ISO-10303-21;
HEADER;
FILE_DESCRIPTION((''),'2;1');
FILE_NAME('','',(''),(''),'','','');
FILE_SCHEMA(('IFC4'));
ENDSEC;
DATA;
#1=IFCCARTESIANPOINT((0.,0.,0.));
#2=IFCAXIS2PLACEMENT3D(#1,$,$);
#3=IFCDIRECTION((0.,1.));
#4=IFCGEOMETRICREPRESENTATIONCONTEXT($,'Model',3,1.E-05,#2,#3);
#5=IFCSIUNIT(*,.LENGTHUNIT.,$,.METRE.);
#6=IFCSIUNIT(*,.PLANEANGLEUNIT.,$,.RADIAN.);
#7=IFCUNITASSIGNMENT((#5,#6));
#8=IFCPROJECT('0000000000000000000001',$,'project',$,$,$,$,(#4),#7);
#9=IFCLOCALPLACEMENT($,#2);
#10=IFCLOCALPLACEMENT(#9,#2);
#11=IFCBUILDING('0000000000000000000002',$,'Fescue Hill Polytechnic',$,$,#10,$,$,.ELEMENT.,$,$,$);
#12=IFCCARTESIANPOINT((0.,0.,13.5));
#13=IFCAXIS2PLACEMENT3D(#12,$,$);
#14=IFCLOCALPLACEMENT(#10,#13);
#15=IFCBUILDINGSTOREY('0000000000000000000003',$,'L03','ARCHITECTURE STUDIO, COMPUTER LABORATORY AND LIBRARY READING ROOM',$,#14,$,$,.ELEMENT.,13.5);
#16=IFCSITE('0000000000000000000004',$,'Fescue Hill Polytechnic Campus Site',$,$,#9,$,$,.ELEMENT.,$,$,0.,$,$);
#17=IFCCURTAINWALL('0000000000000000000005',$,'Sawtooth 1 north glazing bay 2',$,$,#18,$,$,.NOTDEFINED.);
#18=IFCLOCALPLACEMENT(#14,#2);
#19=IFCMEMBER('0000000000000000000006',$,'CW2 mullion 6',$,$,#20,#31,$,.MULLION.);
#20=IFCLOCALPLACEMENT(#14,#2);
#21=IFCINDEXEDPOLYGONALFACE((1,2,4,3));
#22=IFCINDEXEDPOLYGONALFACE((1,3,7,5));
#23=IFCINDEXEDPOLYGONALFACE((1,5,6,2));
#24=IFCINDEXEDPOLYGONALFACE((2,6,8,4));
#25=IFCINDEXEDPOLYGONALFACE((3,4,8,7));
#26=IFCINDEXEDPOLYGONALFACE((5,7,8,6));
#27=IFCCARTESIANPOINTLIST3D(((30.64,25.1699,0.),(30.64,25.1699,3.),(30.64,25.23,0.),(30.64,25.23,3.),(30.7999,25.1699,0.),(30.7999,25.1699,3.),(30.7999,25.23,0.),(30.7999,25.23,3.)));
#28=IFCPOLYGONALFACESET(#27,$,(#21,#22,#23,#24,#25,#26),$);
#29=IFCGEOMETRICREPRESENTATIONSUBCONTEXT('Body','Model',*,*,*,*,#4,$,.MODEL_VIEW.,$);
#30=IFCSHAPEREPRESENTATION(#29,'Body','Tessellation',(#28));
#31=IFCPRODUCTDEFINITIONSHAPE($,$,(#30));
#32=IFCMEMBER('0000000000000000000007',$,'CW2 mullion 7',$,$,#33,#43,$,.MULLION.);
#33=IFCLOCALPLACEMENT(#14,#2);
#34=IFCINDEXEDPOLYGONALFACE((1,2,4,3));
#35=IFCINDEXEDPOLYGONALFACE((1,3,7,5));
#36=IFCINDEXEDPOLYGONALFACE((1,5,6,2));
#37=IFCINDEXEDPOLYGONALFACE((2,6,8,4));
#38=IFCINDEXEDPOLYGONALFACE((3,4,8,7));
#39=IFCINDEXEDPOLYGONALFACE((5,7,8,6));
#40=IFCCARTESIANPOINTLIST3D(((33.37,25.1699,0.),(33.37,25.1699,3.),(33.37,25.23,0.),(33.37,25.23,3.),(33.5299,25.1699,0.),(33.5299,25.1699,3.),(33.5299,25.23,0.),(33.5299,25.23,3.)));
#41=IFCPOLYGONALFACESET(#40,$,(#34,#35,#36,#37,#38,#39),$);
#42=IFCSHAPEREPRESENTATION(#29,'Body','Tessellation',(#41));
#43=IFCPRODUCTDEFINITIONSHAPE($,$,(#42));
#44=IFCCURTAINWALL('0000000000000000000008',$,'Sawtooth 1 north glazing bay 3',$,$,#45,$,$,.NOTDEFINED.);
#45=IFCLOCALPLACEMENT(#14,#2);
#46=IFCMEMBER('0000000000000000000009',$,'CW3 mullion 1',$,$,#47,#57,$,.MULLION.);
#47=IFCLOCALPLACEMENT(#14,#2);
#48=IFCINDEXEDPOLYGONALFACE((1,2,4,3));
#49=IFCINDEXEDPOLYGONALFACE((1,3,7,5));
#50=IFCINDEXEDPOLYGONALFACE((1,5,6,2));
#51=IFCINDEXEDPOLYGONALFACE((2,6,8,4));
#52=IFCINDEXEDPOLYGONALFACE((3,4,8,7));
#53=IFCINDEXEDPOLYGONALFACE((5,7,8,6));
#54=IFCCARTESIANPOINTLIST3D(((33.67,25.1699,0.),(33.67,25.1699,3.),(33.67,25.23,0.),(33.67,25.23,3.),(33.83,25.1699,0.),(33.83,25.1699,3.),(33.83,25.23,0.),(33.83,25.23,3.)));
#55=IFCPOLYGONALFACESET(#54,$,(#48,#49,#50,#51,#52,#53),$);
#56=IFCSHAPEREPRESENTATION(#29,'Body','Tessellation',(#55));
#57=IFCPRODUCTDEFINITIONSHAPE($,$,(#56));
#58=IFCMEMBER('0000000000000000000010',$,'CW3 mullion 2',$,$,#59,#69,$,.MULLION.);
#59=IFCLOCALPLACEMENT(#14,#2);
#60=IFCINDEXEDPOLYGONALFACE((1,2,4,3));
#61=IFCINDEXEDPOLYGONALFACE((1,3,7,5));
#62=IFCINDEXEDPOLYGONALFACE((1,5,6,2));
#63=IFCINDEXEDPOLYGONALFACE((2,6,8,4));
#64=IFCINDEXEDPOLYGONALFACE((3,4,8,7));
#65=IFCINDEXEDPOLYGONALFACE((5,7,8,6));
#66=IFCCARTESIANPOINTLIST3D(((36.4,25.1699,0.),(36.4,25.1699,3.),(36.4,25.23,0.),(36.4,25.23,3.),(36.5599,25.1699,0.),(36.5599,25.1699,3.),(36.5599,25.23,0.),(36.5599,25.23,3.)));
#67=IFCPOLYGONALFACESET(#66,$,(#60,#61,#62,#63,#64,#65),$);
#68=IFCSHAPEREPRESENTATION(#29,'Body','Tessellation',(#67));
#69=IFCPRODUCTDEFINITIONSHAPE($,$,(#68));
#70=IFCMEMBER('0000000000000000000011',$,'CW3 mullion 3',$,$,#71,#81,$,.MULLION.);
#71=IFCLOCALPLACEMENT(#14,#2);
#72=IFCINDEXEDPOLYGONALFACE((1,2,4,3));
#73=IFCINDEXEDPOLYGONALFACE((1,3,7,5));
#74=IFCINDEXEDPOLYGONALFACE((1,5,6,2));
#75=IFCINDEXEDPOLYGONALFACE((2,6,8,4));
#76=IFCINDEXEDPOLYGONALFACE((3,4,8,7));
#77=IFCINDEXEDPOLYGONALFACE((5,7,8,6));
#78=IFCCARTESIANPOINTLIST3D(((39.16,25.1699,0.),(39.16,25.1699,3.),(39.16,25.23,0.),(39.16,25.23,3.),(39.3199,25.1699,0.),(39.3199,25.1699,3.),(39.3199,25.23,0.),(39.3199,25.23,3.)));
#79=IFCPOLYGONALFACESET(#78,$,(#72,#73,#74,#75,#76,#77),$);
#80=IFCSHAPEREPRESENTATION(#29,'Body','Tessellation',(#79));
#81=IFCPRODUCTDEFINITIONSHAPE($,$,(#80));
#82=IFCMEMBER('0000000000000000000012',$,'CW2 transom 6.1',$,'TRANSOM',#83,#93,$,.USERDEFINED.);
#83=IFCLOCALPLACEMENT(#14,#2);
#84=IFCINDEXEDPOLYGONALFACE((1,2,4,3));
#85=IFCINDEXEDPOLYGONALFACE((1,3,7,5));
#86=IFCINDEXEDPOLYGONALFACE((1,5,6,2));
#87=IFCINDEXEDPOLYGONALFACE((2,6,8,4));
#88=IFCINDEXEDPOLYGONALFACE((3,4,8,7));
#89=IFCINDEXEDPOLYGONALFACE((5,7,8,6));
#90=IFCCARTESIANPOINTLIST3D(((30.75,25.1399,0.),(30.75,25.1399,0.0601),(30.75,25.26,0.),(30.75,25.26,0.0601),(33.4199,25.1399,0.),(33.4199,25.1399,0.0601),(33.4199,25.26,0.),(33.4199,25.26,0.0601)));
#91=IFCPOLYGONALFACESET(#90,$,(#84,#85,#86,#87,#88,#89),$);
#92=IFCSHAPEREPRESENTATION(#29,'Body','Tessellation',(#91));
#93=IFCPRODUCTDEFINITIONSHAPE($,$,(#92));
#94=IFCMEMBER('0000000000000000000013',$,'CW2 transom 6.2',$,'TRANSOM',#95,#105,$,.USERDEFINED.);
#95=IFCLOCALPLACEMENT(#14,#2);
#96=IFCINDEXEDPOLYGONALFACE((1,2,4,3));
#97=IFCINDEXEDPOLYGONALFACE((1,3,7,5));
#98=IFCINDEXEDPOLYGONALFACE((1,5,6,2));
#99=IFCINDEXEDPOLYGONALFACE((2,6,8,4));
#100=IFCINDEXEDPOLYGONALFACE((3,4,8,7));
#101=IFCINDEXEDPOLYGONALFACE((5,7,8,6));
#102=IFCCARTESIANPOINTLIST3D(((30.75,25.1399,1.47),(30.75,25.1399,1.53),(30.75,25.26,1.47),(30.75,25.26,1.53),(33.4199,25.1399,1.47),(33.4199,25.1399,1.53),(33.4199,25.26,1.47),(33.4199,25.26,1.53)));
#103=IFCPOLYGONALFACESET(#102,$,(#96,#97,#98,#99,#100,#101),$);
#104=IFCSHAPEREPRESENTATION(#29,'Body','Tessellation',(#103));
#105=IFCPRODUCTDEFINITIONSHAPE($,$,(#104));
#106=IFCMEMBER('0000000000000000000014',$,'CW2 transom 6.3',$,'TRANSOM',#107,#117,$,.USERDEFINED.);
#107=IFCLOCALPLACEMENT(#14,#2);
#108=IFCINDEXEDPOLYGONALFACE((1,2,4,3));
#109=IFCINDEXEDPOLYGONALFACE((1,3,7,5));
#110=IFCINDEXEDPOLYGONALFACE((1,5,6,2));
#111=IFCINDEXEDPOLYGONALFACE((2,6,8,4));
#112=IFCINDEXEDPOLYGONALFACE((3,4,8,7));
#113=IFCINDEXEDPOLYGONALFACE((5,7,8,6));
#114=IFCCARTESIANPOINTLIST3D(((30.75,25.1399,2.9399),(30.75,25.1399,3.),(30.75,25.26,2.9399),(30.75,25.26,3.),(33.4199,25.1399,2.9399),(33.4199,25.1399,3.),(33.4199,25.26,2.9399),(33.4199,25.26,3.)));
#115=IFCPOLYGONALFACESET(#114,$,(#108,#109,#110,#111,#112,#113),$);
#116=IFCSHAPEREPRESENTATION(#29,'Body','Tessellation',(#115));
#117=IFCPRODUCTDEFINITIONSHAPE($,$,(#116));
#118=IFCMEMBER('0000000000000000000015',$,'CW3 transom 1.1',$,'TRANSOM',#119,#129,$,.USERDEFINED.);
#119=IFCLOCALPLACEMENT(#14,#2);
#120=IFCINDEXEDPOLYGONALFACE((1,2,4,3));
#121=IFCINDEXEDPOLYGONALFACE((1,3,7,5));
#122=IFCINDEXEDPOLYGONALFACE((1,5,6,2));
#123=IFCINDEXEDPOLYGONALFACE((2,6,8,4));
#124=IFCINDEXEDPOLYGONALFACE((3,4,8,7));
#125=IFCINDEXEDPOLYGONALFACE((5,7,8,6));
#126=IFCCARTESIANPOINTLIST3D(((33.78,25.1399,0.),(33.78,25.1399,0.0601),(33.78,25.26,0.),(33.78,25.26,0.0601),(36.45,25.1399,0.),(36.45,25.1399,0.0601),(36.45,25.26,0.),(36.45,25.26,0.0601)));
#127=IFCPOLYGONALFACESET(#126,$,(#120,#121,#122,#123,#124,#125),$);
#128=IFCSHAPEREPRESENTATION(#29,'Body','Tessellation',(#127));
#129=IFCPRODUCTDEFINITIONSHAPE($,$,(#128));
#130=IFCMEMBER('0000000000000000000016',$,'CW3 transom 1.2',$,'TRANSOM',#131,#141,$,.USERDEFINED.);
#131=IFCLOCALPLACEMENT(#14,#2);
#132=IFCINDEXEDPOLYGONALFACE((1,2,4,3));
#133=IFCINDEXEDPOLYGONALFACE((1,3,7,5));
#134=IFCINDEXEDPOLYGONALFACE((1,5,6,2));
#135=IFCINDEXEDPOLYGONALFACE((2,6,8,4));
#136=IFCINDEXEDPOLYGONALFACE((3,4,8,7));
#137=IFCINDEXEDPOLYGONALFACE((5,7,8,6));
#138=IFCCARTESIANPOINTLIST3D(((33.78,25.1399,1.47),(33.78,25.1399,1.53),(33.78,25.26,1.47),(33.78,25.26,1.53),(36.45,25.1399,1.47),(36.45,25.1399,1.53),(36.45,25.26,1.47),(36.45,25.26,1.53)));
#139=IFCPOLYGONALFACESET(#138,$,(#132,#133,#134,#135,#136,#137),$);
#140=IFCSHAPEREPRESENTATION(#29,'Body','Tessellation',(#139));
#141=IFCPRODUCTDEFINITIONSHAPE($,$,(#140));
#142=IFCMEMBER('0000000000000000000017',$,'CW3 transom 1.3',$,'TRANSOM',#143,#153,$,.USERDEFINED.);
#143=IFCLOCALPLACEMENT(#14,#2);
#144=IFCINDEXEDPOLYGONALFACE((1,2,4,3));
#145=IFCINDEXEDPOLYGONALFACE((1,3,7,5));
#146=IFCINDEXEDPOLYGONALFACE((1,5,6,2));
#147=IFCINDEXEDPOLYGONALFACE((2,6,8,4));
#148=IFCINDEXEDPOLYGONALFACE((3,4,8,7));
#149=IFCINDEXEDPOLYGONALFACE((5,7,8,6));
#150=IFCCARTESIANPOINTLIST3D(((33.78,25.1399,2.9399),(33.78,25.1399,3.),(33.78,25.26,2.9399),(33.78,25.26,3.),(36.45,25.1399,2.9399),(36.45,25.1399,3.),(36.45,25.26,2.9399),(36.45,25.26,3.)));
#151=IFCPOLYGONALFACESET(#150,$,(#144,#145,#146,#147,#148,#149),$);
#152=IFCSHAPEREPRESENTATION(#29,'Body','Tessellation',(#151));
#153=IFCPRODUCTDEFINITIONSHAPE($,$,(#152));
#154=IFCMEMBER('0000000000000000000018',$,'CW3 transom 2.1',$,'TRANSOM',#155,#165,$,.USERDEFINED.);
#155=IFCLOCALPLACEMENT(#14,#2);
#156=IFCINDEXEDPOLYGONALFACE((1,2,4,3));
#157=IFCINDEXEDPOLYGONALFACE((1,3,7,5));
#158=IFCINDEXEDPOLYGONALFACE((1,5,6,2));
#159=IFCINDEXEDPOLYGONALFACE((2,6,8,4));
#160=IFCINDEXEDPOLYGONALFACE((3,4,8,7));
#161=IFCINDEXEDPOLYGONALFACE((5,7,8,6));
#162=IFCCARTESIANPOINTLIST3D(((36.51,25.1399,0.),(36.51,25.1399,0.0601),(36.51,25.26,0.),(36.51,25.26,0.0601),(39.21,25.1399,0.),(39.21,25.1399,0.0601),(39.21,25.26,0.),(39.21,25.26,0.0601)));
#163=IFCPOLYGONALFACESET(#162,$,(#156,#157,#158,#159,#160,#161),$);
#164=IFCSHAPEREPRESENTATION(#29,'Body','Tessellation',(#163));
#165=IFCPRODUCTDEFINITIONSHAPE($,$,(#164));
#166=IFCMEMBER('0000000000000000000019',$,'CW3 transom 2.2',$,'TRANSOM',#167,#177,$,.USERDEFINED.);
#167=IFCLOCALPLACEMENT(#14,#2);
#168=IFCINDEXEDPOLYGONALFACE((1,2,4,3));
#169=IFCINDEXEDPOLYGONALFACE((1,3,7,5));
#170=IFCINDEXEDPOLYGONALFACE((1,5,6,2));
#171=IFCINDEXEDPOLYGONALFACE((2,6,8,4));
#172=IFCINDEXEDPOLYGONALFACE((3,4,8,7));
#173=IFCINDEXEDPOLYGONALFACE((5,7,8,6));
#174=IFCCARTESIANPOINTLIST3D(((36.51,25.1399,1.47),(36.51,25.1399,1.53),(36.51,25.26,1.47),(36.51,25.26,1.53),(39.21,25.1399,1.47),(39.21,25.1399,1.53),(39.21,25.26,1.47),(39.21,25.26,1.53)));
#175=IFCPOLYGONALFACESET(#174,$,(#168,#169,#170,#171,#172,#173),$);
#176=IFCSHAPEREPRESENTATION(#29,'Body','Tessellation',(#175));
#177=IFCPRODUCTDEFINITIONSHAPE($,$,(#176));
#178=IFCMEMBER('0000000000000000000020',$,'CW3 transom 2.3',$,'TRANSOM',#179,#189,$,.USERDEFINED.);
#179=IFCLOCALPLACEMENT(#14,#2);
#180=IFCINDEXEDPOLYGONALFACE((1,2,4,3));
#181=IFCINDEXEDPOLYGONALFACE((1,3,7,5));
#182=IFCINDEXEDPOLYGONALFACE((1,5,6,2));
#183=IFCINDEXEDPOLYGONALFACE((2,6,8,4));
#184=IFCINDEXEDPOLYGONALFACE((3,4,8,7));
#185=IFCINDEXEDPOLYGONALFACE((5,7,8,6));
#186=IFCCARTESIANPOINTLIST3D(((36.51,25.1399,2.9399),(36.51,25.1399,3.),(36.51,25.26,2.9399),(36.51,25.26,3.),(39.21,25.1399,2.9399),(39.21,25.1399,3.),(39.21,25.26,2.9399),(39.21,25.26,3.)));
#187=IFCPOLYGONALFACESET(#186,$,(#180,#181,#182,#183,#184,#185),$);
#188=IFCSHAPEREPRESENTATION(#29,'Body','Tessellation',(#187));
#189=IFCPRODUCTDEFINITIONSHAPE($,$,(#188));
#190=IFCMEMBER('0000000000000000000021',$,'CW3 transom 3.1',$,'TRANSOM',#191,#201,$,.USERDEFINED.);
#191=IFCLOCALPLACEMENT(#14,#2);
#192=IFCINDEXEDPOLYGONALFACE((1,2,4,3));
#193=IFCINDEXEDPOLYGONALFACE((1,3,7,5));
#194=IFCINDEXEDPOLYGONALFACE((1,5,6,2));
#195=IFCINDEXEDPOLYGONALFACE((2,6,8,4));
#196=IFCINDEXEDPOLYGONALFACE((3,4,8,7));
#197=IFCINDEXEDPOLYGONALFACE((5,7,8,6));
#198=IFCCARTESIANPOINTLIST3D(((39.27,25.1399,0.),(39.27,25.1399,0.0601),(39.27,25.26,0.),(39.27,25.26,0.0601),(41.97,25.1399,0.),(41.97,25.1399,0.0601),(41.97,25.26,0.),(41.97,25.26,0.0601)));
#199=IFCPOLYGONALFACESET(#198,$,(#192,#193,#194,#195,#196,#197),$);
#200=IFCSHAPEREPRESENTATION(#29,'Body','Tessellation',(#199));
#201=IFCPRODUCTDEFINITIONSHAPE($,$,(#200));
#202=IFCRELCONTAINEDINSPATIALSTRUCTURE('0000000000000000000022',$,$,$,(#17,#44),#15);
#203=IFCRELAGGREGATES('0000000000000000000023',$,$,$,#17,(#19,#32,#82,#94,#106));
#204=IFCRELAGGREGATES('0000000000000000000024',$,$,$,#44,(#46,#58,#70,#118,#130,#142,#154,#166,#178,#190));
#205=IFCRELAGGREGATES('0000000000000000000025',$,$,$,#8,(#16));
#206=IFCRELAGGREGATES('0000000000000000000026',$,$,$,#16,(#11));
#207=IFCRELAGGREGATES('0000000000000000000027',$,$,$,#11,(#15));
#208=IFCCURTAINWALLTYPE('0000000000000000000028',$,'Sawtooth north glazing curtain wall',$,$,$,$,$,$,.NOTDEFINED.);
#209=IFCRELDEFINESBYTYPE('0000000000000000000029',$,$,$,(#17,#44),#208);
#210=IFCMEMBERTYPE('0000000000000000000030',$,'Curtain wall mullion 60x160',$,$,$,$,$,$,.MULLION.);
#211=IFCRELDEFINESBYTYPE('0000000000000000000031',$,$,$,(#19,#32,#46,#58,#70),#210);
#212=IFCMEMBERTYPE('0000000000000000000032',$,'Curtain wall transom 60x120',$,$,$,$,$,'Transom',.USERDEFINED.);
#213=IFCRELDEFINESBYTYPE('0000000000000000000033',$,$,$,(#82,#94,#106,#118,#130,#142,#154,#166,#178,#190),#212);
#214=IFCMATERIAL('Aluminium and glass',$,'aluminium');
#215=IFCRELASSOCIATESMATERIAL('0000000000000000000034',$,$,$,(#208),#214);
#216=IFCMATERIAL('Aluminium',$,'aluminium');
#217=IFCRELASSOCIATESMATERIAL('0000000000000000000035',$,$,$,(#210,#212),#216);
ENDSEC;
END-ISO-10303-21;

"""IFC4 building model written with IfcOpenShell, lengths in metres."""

from ifc_helpers import new_model, si_unit, direction, frame, origin, origin_2d, place, context, subcontext, project, spatial, rectangle, extrude, material, material_profile, profile_set, type_object, element, aggregate, save


model = new_model("IFC4")

# Units and contexts
model_context = context("Model", 3, precision=1e-05, world=origin(), true_north=direction((0.0, 1.0)))
body_context = subcontext(model_context, "Body", "Model", "MODEL_VIEW")
ifc_project = project(units=[si_unit("LENGTHUNIT", "METRE"), si_unit("PLANEANGLEUNIT", "RADIAN")], contexts=[model_context])

# Site, building, storey
site_placement = place(None, origin())
site = spatial("IfcSite", under=ifc_project, at=site_placement, Name="Fescue Hill Polytechnic Campus Site", CompositionType="ELEMENT", RefElevation=0.0)
building_placement = place(site_placement, origin())
building = spatial("IfcBuilding", under=site, at=building_placement, Name="Fescue Hill Polytechnic", CompositionType="ELEMENT")
storey_placement = place(building_placement, frame((0.0, 0.0, 13.5)))
storey = spatial("IfcBuildingStorey", under=building, at=storey_placement, Name="L03", Description="ARCHITECTURE STUDIO, COMPUTER LABORATORY AND LIBRARY READING ROOM", CompositionType="ELEMENT", Elevation=13.5)

# Curtain walls, members
ifc_material_1 = material(Name="Aluminium and glass", Category="aluminium")
curtain_wall_type = type_object("IfcCurtainWallType", Name="Sawtooth north glazing curtain wall", PredefinedType="NOTDEFINED", material=ifc_material_1)
curtain_wall_1_placement = place(storey_placement, origin())
curtain_wall_1 = element("IfcCurtainWall", 1, at=curtain_wall_1_placement, inside=storey, type_object=curtain_wall_type, Name="Sawtooth 1 north glazing bay 2", PredefinedType="NOTDEFINED")
ifc_material_2 = material(Name="Aluminium", Category="aluminium")
ifc_material_profile_1 = material_profile(ifc_material_2, rectangle(XDim=0.0601, YDim=0.1599, at=origin_2d()), Name="Curtain wall mullion 60x160")
ifc_profile_set_1 = profile_set([ifc_material_profile_1], Name="Aluminium")
member_type_1 = type_object("IfcMemberType", Name="Curtain wall mullion 60x160", PredefinedType="MULLION", material=ifc_profile_set_1)
member_1_placement = place(storey_placement, frame((30.72, 25.2, 0.0), z_axis=(0.0, 0.0, 1.0), x_axis=(0.0, 1.0, 0.0)))
member_1 = element("IfcMember", 2, at=member_1_placement, type_object=member_type_1, Name="CW2 mullion 6", PredefinedType="MULLION", context=body_context, shape_type="SweptSolid", body=[
    extrude(rectangle(XDim=0.0601, YDim=0.1599, at=origin_2d()), origin(), (0.0, 0.0, 1.0), 3.0),
])
member_2_placement = place(storey_placement, frame((33.45, 25.2, 0.0), z_axis=(0.0, 0.0, 1.0), x_axis=(0.0, 1.0, 0.0)))
member_2 = element("IfcMember", 3, at=member_2_placement, type_object=member_type_1, Name="CW2 mullion 7", PredefinedType="MULLION", context=body_context, shape_type="SweptSolid", body=[
    extrude(rectangle(XDim=0.0601, YDim=0.1599, at=origin_2d()), origin(), (0.0, 0.0, 1.0), 3.0),
])
curtain_wall_2_placement = place(storey_placement, origin())
curtain_wall_2 = element("IfcCurtainWall", 4, at=curtain_wall_2_placement, inside=storey, type_object=curtain_wall_type, Name="Sawtooth 1 north glazing bay 3", PredefinedType="NOTDEFINED")
member_3_placement = place(storey_placement, frame((33.75, 25.2, 0.0), z_axis=(0.0, 0.0, 1.0), x_axis=(0.0, 1.0, 0.0)))
member_3 = element("IfcMember", 5, at=member_3_placement, type_object=member_type_1, Name="CW3 mullion 1", PredefinedType="MULLION", context=body_context, shape_type="SweptSolid", body=[
    extrude(rectangle(XDim=0.0601, YDim=0.1599, at=origin_2d()), origin(), (0.0, 0.0, 1.0), 3.0),
])
member_4_placement = place(storey_placement, frame((36.48, 25.2, 0.0), z_axis=(0.0, 0.0, 1.0), x_axis=(0.0, 1.0, 0.0)))
member_4 = element("IfcMember", 6, at=member_4_placement, type_object=member_type_1, Name="CW3 mullion 2", PredefinedType="MULLION", context=body_context, shape_type="SweptSolid", body=[
    extrude(rectangle(XDim=0.0601, YDim=0.1599, at=origin_2d()), origin(), (0.0, 0.0, 1.0), 3.0),
])
member_5_placement = place(storey_placement, frame((39.24, 25.2, 0.0), z_axis=(0.0, 0.0, 1.0), x_axis=(0.0, 1.0, 0.0)))
member_5 = element("IfcMember", 7, at=member_5_placement, type_object=member_type_1, Name="CW3 mullion 3", PredefinedType="MULLION", context=body_context, shape_type="SweptSolid", body=[
    extrude(rectangle(XDim=0.0601, YDim=0.1599, at=origin_2d()), origin(), (0.0, 0.0, 1.0), 3.0),
])

# Members
ifc_material_profile_2 = material_profile(ifc_material_2, rectangle(XDim=0.1201, YDim=0.0601, at=origin_2d()), Name="Curtain wall transom 60x120")
ifc_profile_set_2 = profile_set([ifc_material_profile_2], Name="Aluminium")
member_type_2 = type_object("IfcMemberType", Name="Curtain wall transom 60x120", ElementType="Transom", PredefinedType="USERDEFINED", material=ifc_profile_set_2)
member_6_placement = place(storey_placement, frame((30.75, 25.2, 0.03), z_axis=(1.0, 0.0, 0.0), x_axis=(0.0, 1.0, 0.0)))
member_6 = element("IfcMember", 8, at=member_6_placement, type_object=member_type_2, Name="CW2 transom 6.1", ObjectType="TRANSOM", PredefinedType="USERDEFINED", context=body_context, shape_type="SweptSolid", body=[
    extrude(rectangle(XDim=0.1201, YDim=0.0601, at=origin_2d()), origin(), (0.0, 0.0, 1.0), 2.6699),
])
member_7_placement = place(storey_placement, frame((30.75, 25.2, 1.5), z_axis=(1.0, 0.0, 0.0), x_axis=(0.0, 1.0, 0.0)))
member_7 = element("IfcMember", 9, at=member_7_placement, type_object=member_type_2, Name="CW2 transom 6.2", ObjectType="TRANSOM", PredefinedType="USERDEFINED", context=body_context, shape_type="SweptSolid", body=[
    extrude(rectangle(XDim=0.1201, YDim=0.0601, at=origin_2d()), origin(), (0.0, 0.0, 1.0), 2.6699),
])
member_8_placement = place(storey_placement, frame((30.75, 25.2, 2.97), z_axis=(1.0, 0.0, 0.0), x_axis=(0.0, 1.0, 0.0)))
member_8 = element("IfcMember", 10, at=member_8_placement, type_object=member_type_2, Name="CW2 transom 6.3", ObjectType="TRANSOM", PredefinedType="USERDEFINED", context=body_context, shape_type="SweptSolid", body=[
    extrude(rectangle(XDim=0.1201, YDim=0.0601, at=origin_2d()), origin(), (0.0, 0.0, 1.0), 2.6699),
])
member_9_placement = place(storey_placement, frame((33.78, 25.2, 0.03), z_axis=(1.0, 0.0, 0.0), x_axis=(0.0, 1.0, 0.0)))
member_9 = element("IfcMember", 11, at=member_9_placement, type_object=member_type_2, Name="CW3 transom 1.1", ObjectType="TRANSOM", PredefinedType="USERDEFINED", context=body_context, shape_type="SweptSolid", body=[
    extrude(rectangle(XDim=0.1201, YDim=0.0601, at=origin_2d()), origin(), (0.0, 0.0, 1.0), 2.6699),
])
member_10_placement = place(storey_placement, frame((33.78, 25.2, 1.5), z_axis=(1.0, 0.0, 0.0), x_axis=(0.0, 1.0, 0.0)))
member_10 = element("IfcMember", 12, at=member_10_placement, type_object=member_type_2, Name="CW3 transom 1.2", ObjectType="TRANSOM", PredefinedType="USERDEFINED", context=body_context, shape_type="SweptSolid", body=[
    extrude(rectangle(XDim=0.1201, YDim=0.0601, at=origin_2d()), origin(), (0.0, 0.0, 1.0), 2.6699),
])
member_11_placement = place(storey_placement, frame((33.78, 25.2, 2.97), z_axis=(1.0, 0.0, 0.0), x_axis=(0.0, 1.0, 0.0)))
member_11 = element("IfcMember", 13, at=member_11_placement, type_object=member_type_2, Name="CW3 transom 1.3", ObjectType="TRANSOM", PredefinedType="USERDEFINED", context=body_context, shape_type="SweptSolid", body=[
    extrude(rectangle(XDim=0.1201, YDim=0.0601, at=origin_2d()), origin(), (0.0, 0.0, 1.0), 2.6699),
])
member_12_placement = place(storey_placement, frame((36.51, 25.2, 0.03), z_axis=(1.0, 0.0, 0.0), x_axis=(0.0, 1.0, 0.0)))
member_12 = element("IfcMember", 14, at=member_12_placement, type_object=member_type_2, Name="CW3 transom 2.1", ObjectType="TRANSOM", PredefinedType="USERDEFINED", context=body_context, shape_type="SweptSolid", body=[
    extrude(rectangle(XDim=0.1201, YDim=0.0601, at=origin_2d()), origin(), (0.0, 0.0, 1.0), 2.7),
])
member_13_placement = place(storey_placement, frame((36.51, 25.2, 1.5), z_axis=(1.0, 0.0, 0.0), x_axis=(0.0, 1.0, 0.0)))
member_13 = element("IfcMember", 15, at=member_13_placement, type_object=member_type_2, Name="CW3 transom 2.2", ObjectType="TRANSOM", PredefinedType="USERDEFINED", context=body_context, shape_type="SweptSolid", body=[
    extrude(rectangle(XDim=0.1201, YDim=0.0601, at=origin_2d()), origin(), (0.0, 0.0, 1.0), 2.7),
])
member_14_placement = place(storey_placement, frame((36.51, 25.2, 2.97), z_axis=(1.0, 0.0, 0.0), x_axis=(0.0, 1.0, 0.0)))
member_14 = element("IfcMember", 16, at=member_14_placement, type_object=member_type_2, Name="CW3 transom 2.3", ObjectType="TRANSOM", PredefinedType="USERDEFINED", context=body_context, shape_type="SweptSolid", body=[
    extrude(rectangle(XDim=0.1201, YDim=0.0601, at=origin_2d()), origin(), (0.0, 0.0, 1.0), 2.7),
])
member_15_placement = place(storey_placement, frame((39.27, 25.2, 0.03), z_axis=(1.0, 0.0, 0.0), x_axis=(0.0, 1.0, 0.0)))
member_15 = element("IfcMember", 17, at=member_15_placement, type_object=member_type_2, Name="CW3 transom 3.1", ObjectType="TRANSOM", PredefinedType="USERDEFINED", context=body_context, shape_type="SweptSolid", body=[
    extrude(rectangle(XDim=0.1201, YDim=0.0601, at=origin_2d()), origin(), (0.0, 0.0, 1.0), 2.7),
])

aggregate(curtain_wall_1, [member_1, member_2, member_6, member_7, member_8])
aggregate(curtain_wall_2, [member_3, member_4, member_5, member_9, member_10, member_11, member_12, member_13, member_14, member_15])

save(model, "model.ifc")
